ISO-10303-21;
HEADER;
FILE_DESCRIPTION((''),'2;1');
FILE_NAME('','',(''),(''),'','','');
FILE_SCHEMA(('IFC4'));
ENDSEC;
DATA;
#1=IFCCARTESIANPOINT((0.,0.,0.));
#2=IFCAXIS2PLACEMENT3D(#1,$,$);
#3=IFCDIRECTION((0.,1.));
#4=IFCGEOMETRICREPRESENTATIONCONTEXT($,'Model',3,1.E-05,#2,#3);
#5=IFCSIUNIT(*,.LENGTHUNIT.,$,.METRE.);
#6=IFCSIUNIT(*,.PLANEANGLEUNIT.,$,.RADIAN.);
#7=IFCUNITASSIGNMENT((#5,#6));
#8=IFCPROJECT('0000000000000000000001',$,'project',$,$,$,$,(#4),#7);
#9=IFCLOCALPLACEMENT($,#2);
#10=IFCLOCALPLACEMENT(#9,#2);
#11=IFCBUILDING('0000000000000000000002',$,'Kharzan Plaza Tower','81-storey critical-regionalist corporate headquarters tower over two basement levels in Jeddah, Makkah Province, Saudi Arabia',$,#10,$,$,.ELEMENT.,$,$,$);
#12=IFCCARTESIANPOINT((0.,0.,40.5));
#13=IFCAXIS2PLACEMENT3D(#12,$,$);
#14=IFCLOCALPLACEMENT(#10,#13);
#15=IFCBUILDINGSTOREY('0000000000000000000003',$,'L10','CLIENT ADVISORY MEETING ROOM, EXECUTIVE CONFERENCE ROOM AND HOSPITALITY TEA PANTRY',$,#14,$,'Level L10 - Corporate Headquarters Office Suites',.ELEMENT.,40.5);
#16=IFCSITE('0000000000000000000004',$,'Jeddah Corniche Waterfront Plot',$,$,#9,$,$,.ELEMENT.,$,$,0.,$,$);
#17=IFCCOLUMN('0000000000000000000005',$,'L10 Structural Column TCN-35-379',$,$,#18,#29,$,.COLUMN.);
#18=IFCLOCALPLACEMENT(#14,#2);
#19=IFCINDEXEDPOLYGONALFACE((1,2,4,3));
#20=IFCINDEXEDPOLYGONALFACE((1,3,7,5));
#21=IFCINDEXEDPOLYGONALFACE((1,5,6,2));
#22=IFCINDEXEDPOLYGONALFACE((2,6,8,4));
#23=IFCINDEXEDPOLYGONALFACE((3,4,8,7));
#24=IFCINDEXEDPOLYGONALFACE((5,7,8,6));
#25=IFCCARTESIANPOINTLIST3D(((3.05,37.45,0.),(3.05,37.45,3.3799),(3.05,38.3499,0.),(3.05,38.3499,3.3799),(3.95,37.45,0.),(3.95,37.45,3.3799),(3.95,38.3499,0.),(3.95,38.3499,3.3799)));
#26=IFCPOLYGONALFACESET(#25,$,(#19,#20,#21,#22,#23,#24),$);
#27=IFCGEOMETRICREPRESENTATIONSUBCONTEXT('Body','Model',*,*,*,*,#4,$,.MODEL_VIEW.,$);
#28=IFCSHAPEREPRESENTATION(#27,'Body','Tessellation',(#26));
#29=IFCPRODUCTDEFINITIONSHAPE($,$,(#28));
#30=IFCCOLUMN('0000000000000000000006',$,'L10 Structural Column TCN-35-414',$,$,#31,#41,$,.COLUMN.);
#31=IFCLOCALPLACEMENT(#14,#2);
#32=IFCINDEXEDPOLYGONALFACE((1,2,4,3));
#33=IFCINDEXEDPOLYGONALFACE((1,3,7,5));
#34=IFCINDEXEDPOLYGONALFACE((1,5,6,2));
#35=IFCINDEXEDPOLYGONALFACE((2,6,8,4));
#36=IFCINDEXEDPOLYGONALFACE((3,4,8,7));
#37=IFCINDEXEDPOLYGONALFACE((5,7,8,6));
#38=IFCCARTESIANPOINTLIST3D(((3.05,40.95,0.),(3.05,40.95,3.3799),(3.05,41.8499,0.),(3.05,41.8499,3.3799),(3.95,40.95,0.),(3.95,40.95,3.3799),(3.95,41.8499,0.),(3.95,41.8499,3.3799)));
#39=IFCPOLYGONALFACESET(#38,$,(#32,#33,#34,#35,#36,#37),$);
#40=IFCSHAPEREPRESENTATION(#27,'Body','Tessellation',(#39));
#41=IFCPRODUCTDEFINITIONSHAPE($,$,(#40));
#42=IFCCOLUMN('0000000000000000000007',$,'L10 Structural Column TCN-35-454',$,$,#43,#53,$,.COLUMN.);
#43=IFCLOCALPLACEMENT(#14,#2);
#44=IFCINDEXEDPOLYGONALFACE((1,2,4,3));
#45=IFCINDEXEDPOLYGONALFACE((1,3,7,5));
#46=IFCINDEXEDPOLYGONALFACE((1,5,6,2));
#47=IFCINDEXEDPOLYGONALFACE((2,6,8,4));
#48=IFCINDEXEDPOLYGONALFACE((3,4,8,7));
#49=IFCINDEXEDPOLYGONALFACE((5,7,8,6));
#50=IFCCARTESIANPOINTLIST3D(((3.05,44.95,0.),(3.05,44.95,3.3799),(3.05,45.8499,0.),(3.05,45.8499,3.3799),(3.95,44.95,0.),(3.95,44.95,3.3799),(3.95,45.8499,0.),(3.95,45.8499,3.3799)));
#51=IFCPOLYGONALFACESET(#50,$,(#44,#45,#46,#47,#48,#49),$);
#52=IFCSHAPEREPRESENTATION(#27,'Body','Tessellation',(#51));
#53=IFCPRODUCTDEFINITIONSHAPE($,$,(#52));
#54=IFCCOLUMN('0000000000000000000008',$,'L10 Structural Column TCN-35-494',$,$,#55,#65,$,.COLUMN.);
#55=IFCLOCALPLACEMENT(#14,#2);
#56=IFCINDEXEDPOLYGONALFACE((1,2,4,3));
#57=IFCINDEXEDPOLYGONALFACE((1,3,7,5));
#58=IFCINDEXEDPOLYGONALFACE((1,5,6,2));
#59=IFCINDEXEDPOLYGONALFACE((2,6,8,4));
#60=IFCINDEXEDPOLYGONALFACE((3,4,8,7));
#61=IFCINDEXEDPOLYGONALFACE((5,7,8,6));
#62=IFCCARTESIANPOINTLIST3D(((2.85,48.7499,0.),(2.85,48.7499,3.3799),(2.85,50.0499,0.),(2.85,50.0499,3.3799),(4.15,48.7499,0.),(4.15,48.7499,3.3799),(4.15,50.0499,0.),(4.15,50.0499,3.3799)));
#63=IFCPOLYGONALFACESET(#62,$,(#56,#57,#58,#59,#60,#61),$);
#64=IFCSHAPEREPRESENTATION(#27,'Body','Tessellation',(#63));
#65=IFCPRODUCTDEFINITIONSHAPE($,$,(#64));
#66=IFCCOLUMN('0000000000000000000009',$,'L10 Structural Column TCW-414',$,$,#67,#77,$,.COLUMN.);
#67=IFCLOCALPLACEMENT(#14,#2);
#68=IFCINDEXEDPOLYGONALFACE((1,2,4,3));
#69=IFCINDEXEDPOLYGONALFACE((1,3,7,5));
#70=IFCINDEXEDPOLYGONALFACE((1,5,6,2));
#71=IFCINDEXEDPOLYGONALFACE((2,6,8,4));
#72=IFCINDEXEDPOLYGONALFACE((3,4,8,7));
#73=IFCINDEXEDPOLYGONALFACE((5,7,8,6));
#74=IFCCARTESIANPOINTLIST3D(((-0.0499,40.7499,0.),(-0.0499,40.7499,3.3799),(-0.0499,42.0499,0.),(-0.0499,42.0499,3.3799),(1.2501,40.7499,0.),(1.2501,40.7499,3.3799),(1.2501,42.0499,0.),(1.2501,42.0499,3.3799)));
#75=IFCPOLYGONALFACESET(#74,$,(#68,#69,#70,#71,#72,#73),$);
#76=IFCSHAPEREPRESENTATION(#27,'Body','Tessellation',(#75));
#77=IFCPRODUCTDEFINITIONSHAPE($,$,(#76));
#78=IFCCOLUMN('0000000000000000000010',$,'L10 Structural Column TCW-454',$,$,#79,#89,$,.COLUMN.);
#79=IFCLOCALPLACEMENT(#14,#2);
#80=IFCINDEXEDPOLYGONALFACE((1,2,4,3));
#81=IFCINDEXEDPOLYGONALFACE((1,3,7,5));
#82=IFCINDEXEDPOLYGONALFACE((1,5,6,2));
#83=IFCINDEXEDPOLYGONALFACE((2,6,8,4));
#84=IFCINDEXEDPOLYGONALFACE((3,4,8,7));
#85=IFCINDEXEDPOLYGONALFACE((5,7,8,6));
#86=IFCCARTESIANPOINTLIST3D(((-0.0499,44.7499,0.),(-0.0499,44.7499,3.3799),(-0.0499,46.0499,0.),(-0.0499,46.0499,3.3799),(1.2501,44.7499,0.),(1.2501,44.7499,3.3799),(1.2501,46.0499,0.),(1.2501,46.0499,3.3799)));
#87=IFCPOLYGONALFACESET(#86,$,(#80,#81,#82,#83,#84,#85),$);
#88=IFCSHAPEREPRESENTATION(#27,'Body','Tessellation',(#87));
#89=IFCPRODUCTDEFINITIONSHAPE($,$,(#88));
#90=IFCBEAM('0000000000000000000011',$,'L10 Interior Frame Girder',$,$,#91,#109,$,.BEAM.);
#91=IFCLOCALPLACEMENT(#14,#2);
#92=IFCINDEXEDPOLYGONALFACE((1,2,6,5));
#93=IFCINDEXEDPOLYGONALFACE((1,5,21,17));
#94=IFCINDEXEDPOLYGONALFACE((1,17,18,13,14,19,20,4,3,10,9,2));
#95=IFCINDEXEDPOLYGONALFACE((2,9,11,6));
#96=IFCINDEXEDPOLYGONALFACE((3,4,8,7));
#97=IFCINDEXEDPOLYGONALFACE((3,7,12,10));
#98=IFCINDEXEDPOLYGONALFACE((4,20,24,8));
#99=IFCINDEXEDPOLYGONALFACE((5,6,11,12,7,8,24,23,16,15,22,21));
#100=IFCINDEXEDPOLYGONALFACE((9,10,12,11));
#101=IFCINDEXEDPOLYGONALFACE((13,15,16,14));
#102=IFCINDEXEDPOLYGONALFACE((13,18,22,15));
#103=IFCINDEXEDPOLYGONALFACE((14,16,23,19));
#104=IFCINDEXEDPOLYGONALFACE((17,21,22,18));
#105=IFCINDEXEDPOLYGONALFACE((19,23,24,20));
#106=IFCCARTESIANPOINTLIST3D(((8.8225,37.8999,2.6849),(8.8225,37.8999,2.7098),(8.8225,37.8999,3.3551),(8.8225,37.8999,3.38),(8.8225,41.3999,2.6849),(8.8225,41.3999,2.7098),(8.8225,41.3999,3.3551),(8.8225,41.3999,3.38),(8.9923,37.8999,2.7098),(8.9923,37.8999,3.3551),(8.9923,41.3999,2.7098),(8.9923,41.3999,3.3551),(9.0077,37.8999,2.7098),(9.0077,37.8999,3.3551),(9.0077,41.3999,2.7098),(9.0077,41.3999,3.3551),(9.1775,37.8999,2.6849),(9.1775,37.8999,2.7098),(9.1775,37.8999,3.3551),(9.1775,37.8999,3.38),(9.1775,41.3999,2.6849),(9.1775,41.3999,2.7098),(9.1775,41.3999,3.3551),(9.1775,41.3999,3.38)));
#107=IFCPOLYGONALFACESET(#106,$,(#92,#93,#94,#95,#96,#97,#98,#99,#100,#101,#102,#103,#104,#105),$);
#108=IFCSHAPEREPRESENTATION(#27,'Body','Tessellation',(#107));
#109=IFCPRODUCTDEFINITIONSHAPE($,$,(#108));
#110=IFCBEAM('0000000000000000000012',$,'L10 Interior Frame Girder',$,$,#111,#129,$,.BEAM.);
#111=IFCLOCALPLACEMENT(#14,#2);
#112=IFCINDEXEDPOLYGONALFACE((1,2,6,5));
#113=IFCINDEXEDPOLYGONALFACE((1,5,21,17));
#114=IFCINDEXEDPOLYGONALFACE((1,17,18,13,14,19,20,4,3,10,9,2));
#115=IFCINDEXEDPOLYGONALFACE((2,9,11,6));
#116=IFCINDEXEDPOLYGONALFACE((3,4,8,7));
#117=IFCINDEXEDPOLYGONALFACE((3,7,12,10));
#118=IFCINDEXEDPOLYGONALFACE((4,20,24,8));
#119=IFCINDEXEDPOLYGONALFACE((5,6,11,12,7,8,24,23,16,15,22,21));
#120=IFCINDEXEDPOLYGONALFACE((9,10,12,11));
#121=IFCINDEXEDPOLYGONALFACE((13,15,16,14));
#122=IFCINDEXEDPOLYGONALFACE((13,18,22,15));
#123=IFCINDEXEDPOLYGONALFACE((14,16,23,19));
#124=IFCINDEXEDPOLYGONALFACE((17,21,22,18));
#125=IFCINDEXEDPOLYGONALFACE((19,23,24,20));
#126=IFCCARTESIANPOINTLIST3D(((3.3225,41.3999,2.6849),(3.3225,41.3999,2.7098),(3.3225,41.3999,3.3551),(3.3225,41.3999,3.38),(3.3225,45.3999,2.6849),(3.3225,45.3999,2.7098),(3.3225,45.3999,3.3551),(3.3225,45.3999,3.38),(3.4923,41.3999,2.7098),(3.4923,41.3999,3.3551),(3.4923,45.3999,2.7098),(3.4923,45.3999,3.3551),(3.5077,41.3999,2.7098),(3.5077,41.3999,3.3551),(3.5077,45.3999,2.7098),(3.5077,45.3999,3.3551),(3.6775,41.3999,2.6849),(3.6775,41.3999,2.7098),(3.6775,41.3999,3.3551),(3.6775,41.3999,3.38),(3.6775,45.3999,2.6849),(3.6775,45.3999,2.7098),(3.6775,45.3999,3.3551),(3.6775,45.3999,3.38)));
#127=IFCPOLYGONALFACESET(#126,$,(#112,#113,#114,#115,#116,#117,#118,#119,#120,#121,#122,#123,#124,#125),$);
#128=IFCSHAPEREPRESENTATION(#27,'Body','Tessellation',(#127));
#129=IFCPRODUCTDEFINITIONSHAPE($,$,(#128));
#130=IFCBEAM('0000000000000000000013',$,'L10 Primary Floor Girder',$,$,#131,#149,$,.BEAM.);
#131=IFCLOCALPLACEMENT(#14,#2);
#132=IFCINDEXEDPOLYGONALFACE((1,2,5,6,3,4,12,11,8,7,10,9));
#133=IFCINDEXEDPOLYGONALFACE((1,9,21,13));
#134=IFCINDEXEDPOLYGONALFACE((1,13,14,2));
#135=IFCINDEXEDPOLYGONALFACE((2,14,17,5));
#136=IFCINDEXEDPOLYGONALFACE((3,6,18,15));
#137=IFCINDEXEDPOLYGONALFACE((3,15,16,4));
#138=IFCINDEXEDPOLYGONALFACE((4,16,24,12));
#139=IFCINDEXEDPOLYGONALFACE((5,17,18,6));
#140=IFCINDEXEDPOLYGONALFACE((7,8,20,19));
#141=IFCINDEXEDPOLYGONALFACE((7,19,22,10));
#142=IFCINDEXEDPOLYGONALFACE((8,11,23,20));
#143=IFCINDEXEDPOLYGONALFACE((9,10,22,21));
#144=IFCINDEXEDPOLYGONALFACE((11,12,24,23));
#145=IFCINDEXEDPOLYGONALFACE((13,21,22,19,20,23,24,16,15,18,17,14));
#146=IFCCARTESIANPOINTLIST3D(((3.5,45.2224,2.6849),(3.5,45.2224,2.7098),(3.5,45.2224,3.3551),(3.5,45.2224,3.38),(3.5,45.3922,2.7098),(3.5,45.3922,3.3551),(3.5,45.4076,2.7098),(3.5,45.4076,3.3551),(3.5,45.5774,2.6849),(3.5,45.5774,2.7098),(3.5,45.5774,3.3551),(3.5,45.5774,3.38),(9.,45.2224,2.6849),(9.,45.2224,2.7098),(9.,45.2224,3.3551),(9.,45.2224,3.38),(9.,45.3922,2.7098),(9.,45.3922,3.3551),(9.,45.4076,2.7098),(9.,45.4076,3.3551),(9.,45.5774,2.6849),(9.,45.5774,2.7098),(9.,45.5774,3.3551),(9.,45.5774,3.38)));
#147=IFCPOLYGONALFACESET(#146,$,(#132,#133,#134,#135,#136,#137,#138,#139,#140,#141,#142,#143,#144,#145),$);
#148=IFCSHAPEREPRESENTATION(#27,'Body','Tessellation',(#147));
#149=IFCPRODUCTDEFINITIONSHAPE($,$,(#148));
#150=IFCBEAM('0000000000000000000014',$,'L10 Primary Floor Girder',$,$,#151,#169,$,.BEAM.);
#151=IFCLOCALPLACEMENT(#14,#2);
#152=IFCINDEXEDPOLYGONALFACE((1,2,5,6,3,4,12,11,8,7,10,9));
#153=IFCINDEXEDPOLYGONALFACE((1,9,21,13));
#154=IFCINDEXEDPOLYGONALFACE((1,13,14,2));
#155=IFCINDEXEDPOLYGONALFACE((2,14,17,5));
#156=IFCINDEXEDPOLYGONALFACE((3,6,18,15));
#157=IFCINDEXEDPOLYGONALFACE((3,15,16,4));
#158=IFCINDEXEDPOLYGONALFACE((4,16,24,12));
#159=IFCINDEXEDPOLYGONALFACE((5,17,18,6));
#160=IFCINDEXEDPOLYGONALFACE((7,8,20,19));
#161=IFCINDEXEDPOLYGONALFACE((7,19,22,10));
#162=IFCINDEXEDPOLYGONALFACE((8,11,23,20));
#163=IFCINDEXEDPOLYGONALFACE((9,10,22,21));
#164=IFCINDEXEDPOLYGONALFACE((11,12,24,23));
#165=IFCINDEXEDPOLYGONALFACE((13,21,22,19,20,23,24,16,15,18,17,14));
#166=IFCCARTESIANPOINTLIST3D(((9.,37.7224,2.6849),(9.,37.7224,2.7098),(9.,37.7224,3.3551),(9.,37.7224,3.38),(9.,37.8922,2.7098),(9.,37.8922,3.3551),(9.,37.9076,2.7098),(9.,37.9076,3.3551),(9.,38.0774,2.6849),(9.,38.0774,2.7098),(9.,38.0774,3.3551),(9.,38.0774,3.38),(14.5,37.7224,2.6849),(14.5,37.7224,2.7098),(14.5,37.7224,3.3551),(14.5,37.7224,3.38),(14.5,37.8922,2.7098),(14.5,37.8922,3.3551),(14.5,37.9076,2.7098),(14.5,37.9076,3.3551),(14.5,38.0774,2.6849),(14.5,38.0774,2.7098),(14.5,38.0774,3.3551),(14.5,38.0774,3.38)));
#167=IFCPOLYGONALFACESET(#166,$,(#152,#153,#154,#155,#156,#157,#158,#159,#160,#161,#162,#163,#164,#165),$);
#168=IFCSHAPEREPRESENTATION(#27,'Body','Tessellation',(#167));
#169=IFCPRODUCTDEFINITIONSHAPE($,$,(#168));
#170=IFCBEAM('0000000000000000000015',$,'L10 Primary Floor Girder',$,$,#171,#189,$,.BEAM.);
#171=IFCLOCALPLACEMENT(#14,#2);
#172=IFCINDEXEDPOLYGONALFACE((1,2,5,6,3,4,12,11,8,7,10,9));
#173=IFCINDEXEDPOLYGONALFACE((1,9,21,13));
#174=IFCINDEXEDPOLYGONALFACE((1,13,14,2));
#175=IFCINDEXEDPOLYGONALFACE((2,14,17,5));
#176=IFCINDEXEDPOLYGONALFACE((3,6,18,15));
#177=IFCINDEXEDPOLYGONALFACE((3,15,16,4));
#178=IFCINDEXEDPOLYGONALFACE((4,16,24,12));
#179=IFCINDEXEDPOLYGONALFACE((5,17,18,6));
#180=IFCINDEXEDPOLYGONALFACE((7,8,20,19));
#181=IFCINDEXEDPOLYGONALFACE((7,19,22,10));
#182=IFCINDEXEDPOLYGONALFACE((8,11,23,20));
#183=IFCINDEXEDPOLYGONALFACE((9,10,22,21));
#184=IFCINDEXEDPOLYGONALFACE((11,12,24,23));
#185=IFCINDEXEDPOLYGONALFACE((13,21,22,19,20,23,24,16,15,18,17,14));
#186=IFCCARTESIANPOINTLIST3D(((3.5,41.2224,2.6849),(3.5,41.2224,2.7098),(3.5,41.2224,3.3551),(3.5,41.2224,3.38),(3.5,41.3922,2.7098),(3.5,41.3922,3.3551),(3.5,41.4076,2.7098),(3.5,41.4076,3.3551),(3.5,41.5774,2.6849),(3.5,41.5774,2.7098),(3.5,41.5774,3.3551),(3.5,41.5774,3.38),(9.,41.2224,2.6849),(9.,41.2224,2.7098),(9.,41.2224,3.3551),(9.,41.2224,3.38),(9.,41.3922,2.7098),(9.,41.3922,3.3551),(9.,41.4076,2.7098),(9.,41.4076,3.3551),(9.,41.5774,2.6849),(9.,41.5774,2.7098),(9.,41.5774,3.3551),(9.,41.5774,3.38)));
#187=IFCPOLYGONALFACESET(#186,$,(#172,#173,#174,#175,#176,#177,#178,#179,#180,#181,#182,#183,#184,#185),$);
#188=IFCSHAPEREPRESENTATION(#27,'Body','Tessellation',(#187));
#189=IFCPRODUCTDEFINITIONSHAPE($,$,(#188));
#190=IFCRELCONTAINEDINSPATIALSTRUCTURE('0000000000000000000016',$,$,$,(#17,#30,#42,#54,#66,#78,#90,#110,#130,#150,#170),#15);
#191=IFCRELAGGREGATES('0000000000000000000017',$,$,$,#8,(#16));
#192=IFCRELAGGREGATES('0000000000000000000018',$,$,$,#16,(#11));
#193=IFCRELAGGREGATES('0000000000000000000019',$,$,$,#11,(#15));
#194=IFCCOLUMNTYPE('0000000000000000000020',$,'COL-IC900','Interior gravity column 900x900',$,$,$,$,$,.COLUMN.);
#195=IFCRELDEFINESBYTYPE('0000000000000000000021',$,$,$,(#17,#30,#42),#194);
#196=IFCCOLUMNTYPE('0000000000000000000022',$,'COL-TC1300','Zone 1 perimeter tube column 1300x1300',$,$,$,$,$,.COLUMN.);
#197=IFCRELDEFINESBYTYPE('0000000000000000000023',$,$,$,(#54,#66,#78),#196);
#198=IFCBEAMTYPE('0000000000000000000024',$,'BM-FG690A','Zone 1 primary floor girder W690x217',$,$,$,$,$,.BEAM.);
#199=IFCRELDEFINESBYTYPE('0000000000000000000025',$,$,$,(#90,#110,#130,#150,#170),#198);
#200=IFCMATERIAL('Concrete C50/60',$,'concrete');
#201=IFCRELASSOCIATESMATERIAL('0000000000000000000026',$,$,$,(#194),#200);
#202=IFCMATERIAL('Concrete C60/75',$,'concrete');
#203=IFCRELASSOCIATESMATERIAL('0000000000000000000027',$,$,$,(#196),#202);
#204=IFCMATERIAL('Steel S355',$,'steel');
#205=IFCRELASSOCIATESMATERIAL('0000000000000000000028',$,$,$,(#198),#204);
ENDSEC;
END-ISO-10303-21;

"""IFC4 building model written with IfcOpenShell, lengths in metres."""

from ifc_helpers import new_model, si_unit, direction, frame, origin, origin_2d, place, context, subcontext, project, spatial, rectangle, i_section, extrude, source, transform, mapped, material, material_profile, profile_set, type_object, element, save


model = new_model("IFC4")

# Units and contexts
model_context = context("Model", 3, precision=1e-05, world=origin(), true_north=direction((0.0, 1.0)))
body_context = subcontext(model_context, "Body", "Model", "MODEL_VIEW")
ifc_project = project(units=[si_unit("LENGTHUNIT", "METRE"), si_unit("PLANEANGLEUNIT", "RADIAN")], contexts=[model_context])

# Site, building, storey
site_placement = place(None, origin())
site = spatial("IfcSite", under=ifc_project, at=site_placement, Name="Jeddah Corniche Waterfront Plot", CompositionType="ELEMENT", RefElevation=0.0)
building_placement = place(site_placement, origin())
building = spatial("IfcBuilding", under=site, at=building_placement, Name="Kharzan Plaza Tower", Description="81-storey critical-regionalist corporate headquarters tower over two basement levels in Jeddah, Makkah Province, Saudi Arabia", CompositionType="ELEMENT")
storey_placement = place(building_placement, frame((0.0, 0.0, 40.5)))
storey = spatial("IfcBuildingStorey", under=building, at=storey_placement, Name="L10", Description="CLIENT ADVISORY MEETING ROOM, EXECUTIVE CONFERENCE ROOM AND HOSPITALITY TEA PANTRY", LongName="Level L10 - Corporate Headquarters Office Suites", CompositionType="ELEMENT", Elevation=40.5)

# Columns
ifc_material_1 = material(Name="Concrete C50/60", Category="concrete")
ifc_material_profile_1 = material_profile(ifc_material_1, rectangle(XDim=0.8999, YDim=0.8999, at=origin_2d()), Name="RC-IC900x900")
ifc_profile_set_1 = profile_set([ifc_material_profile_1], Name="Concrete C50/60")
column_type_1 = type_object("IfcColumnType", Name="COL-IC900", Description="Interior gravity column 900x900", PredefinedType="COLUMN", material=ifc_profile_set_1)
shared_shape_1 = source(origin(), body_context, "Body", "SweptSolid", [
    extrude(rectangle(XDim=0.8999, YDim=0.8999, at=origin_2d()), origin(), (0.0, 0.0, 1.0), 3.3799),
])
for number, where, z_axis, x_axis, name in (
    (1, (3.5, 37.8999, 0.0), (0.0, 0.0, 1.0), (1.0, 0.0, 0.0), "L10 Structural Column TCN-35-379"),
    (2, (3.5, 41.3999, 0.0), (0.0, 0.0, 1.0), (1.0, 0.0, 0.0), "L10 Structural Column TCN-35-414"),
    (3, (3.5, 45.3999, 0.0), (0.0, 0.0, 1.0), (1.0, 0.0, 0.0), "L10 Structural Column TCN-35-454"),
):
    element("IfcColumn", number, at=place(storey_placement, frame(where, z_axis=z_axis, x_axis=x_axis)), inside=storey, type_object=column_type_1, Name=name, PredefinedType="COLUMN", context=body_context, shape_type="MappedRepresentation", body=[
        mapped(shared_shape_1, transform((0.0, 0.0, 0.0), x_axis=(1.0, 0.0, 0.0), y_axis=(0.0, 1.0, 0.0), z_axis=(0.0, 0.0, 1.0))),
    ])
ifc_material_2 = material(Name="Concrete C60/75", Category="concrete")
ifc_material_profile_2 = material_profile(ifc_material_2, rectangle(XDim=1.3, YDim=1.3, at=origin_2d()), Name="RC-TC1300x1300")
ifc_profile_set_2 = profile_set([ifc_material_profile_2], Name="Concrete C60/75")
column_type_2 = type_object("IfcColumnType", Name="COL-TC1300", Description="Zone 1 perimeter tube column 1300x1300", PredefinedType="COLUMN", material=ifc_profile_set_2)
shared_shape_2 = source(origin(), body_context, "Body", "SweptSolid", [
    extrude(rectangle(XDim=1.3, YDim=1.3, at=origin_2d()), origin(), (0.0, 0.0, 1.0), 3.3799),
])
for number, where, z_axis, x_axis, name in (
    (4, (3.5, 49.3999, 0.0), (0.0, 0.0, 1.0), (1.0, 0.0, 0.0), "L10 Structural Column TCN-35-494"),
    (5, (0.6001, 41.3999, 0.0), (0.0, 0.0, 1.0), (1.0, 0.0, 0.0), "L10 Structural Column TCW-414"),
    (6, (0.6001, 45.3999, 0.0), (0.0, 0.0, 1.0), (1.0, 0.0, 0.0), "L10 Structural Column TCW-454"),
):
    element("IfcColumn", number, at=place(storey_placement, frame(where, z_axis=z_axis, x_axis=x_axis)), inside=storey, type_object=column_type_2, Name=name, PredefinedType="COLUMN", context=body_context, shape_type="MappedRepresentation", body=[
        mapped(shared_shape_2, transform((0.0, 0.0, 0.0), x_axis=(1.0, 0.0, 0.0), y_axis=(0.0, 1.0, 0.0), z_axis=(0.0, 0.0, 1.0))),
    ])

# Beams
ifc_material_3 = material(Name="Steel S355", Category="steel")
ifc_material_profile_3 = material_profile(ifc_material_3, i_section(OverallWidth=0.355, OverallDepth=0.6951, WebThickness=0.0154, FlangeThickness=0.0249, at=origin_2d()), Name="W690x217")
ifc_profile_set_3 = profile_set([ifc_material_profile_3], Name="Steel S355")
beam_type_1 = type_object("IfcBeamType", Name="BM-FG690A", Description="Zone 1 primary floor girder W690x217", PredefinedType="BEAM", material=ifc_profile_set_3)
shared_shape_3 = source(origin(), body_context, "Body", "SweptSolid", [
    extrude(i_section(OverallWidth=0.355, OverallDepth=0.6951, WebThickness=0.0154, FlangeThickness=0.0249, at=origin_2d()), origin(), (0.0, 0.0, 1.0), 3.5),
])
beam_1_placement = place(storey_placement, frame((9.0, 37.8999, 3.0325), z_axis=(0.0, 1.0, 0.0), x_axis=(-1.0, 0.0, 0.0)))
element("IfcBeam", 7, at=beam_1_placement, inside=storey, type_object=beam_type_1, Name="L10 Interior Frame Girder", PredefinedType="BEAM", context=body_context, shape_type="MappedRepresentation", body=[
    mapped(shared_shape_3, transform((0.0, 0.0, 0.0), x_axis=(1.0, 0.0, 0.0), y_axis=(0.0, 1.0, 0.0), z_axis=(0.0, 0.0, 1.0))),
])
shared_shape_4 = source(origin(), body_context, "Body", "SweptSolid", [
    extrude(i_section(OverallWidth=0.355, OverallDepth=0.6951, WebThickness=0.0154, FlangeThickness=0.0249, at=origin_2d()), origin(), (0.0, 0.0, 1.0), 4.0),
])
beam_2_placement = place(storey_placement, frame((3.5, 41.3999, 3.0325), z_axis=(0.0, 1.0, 0.0), x_axis=(-1.0, 0.0, 0.0)))
element("IfcBeam", 8, at=beam_2_placement, inside=storey, type_object=beam_type_1, Name="L10 Interior Frame Girder", PredefinedType="BEAM", context=body_context, shape_type="MappedRepresentation", body=[
    mapped(shared_shape_4, transform((0.0, 0.0, 0.0), x_axis=(1.0, 0.0, 0.0), y_axis=(0.0, 1.0, 0.0), z_axis=(0.0, 0.0, 1.0))),
])
shared_shape_5 = source(origin(), body_context, "Body", "SweptSolid", [
    extrude(i_section(OverallWidth=0.355, OverallDepth=0.6951, WebThickness=0.0154, FlangeThickness=0.0249, at=origin_2d()), origin(), (0.0, 0.0, 1.0), 5.5),
])
for number, where, z_axis, x_axis, name in (
    (9, (3.5, 45.3999, 3.0325), (1.0, 0.0, 0.0), (0.0, 1.0, 0.0), "L10 Primary Floor Girder"),
    (10, (9.0, 37.8999, 3.0325), (1.0, 0.0, 0.0), (0.0, 1.0, 0.0), "L10 Primary Floor Girder"),
    (11, (3.5, 41.3999, 3.0325), (1.0, 0.0, 0.0), (0.0, 1.0, 0.0), "L10 Primary Floor Girder"),
):
    element("IfcBeam", number, at=place(storey_placement, frame(where, z_axis=z_axis, x_axis=x_axis)), inside=storey, type_object=beam_type_1, Name=name, PredefinedType="BEAM", context=body_context, shape_type="MappedRepresentation", body=[
        mapped(shared_shape_5, transform((0.0, 0.0, 0.0), x_axis=(1.0, 0.0, 0.0), y_axis=(0.0, 1.0, 0.0), z_axis=(0.0, 0.0, 1.0))),
    ])

save(model, "model.ifc")
